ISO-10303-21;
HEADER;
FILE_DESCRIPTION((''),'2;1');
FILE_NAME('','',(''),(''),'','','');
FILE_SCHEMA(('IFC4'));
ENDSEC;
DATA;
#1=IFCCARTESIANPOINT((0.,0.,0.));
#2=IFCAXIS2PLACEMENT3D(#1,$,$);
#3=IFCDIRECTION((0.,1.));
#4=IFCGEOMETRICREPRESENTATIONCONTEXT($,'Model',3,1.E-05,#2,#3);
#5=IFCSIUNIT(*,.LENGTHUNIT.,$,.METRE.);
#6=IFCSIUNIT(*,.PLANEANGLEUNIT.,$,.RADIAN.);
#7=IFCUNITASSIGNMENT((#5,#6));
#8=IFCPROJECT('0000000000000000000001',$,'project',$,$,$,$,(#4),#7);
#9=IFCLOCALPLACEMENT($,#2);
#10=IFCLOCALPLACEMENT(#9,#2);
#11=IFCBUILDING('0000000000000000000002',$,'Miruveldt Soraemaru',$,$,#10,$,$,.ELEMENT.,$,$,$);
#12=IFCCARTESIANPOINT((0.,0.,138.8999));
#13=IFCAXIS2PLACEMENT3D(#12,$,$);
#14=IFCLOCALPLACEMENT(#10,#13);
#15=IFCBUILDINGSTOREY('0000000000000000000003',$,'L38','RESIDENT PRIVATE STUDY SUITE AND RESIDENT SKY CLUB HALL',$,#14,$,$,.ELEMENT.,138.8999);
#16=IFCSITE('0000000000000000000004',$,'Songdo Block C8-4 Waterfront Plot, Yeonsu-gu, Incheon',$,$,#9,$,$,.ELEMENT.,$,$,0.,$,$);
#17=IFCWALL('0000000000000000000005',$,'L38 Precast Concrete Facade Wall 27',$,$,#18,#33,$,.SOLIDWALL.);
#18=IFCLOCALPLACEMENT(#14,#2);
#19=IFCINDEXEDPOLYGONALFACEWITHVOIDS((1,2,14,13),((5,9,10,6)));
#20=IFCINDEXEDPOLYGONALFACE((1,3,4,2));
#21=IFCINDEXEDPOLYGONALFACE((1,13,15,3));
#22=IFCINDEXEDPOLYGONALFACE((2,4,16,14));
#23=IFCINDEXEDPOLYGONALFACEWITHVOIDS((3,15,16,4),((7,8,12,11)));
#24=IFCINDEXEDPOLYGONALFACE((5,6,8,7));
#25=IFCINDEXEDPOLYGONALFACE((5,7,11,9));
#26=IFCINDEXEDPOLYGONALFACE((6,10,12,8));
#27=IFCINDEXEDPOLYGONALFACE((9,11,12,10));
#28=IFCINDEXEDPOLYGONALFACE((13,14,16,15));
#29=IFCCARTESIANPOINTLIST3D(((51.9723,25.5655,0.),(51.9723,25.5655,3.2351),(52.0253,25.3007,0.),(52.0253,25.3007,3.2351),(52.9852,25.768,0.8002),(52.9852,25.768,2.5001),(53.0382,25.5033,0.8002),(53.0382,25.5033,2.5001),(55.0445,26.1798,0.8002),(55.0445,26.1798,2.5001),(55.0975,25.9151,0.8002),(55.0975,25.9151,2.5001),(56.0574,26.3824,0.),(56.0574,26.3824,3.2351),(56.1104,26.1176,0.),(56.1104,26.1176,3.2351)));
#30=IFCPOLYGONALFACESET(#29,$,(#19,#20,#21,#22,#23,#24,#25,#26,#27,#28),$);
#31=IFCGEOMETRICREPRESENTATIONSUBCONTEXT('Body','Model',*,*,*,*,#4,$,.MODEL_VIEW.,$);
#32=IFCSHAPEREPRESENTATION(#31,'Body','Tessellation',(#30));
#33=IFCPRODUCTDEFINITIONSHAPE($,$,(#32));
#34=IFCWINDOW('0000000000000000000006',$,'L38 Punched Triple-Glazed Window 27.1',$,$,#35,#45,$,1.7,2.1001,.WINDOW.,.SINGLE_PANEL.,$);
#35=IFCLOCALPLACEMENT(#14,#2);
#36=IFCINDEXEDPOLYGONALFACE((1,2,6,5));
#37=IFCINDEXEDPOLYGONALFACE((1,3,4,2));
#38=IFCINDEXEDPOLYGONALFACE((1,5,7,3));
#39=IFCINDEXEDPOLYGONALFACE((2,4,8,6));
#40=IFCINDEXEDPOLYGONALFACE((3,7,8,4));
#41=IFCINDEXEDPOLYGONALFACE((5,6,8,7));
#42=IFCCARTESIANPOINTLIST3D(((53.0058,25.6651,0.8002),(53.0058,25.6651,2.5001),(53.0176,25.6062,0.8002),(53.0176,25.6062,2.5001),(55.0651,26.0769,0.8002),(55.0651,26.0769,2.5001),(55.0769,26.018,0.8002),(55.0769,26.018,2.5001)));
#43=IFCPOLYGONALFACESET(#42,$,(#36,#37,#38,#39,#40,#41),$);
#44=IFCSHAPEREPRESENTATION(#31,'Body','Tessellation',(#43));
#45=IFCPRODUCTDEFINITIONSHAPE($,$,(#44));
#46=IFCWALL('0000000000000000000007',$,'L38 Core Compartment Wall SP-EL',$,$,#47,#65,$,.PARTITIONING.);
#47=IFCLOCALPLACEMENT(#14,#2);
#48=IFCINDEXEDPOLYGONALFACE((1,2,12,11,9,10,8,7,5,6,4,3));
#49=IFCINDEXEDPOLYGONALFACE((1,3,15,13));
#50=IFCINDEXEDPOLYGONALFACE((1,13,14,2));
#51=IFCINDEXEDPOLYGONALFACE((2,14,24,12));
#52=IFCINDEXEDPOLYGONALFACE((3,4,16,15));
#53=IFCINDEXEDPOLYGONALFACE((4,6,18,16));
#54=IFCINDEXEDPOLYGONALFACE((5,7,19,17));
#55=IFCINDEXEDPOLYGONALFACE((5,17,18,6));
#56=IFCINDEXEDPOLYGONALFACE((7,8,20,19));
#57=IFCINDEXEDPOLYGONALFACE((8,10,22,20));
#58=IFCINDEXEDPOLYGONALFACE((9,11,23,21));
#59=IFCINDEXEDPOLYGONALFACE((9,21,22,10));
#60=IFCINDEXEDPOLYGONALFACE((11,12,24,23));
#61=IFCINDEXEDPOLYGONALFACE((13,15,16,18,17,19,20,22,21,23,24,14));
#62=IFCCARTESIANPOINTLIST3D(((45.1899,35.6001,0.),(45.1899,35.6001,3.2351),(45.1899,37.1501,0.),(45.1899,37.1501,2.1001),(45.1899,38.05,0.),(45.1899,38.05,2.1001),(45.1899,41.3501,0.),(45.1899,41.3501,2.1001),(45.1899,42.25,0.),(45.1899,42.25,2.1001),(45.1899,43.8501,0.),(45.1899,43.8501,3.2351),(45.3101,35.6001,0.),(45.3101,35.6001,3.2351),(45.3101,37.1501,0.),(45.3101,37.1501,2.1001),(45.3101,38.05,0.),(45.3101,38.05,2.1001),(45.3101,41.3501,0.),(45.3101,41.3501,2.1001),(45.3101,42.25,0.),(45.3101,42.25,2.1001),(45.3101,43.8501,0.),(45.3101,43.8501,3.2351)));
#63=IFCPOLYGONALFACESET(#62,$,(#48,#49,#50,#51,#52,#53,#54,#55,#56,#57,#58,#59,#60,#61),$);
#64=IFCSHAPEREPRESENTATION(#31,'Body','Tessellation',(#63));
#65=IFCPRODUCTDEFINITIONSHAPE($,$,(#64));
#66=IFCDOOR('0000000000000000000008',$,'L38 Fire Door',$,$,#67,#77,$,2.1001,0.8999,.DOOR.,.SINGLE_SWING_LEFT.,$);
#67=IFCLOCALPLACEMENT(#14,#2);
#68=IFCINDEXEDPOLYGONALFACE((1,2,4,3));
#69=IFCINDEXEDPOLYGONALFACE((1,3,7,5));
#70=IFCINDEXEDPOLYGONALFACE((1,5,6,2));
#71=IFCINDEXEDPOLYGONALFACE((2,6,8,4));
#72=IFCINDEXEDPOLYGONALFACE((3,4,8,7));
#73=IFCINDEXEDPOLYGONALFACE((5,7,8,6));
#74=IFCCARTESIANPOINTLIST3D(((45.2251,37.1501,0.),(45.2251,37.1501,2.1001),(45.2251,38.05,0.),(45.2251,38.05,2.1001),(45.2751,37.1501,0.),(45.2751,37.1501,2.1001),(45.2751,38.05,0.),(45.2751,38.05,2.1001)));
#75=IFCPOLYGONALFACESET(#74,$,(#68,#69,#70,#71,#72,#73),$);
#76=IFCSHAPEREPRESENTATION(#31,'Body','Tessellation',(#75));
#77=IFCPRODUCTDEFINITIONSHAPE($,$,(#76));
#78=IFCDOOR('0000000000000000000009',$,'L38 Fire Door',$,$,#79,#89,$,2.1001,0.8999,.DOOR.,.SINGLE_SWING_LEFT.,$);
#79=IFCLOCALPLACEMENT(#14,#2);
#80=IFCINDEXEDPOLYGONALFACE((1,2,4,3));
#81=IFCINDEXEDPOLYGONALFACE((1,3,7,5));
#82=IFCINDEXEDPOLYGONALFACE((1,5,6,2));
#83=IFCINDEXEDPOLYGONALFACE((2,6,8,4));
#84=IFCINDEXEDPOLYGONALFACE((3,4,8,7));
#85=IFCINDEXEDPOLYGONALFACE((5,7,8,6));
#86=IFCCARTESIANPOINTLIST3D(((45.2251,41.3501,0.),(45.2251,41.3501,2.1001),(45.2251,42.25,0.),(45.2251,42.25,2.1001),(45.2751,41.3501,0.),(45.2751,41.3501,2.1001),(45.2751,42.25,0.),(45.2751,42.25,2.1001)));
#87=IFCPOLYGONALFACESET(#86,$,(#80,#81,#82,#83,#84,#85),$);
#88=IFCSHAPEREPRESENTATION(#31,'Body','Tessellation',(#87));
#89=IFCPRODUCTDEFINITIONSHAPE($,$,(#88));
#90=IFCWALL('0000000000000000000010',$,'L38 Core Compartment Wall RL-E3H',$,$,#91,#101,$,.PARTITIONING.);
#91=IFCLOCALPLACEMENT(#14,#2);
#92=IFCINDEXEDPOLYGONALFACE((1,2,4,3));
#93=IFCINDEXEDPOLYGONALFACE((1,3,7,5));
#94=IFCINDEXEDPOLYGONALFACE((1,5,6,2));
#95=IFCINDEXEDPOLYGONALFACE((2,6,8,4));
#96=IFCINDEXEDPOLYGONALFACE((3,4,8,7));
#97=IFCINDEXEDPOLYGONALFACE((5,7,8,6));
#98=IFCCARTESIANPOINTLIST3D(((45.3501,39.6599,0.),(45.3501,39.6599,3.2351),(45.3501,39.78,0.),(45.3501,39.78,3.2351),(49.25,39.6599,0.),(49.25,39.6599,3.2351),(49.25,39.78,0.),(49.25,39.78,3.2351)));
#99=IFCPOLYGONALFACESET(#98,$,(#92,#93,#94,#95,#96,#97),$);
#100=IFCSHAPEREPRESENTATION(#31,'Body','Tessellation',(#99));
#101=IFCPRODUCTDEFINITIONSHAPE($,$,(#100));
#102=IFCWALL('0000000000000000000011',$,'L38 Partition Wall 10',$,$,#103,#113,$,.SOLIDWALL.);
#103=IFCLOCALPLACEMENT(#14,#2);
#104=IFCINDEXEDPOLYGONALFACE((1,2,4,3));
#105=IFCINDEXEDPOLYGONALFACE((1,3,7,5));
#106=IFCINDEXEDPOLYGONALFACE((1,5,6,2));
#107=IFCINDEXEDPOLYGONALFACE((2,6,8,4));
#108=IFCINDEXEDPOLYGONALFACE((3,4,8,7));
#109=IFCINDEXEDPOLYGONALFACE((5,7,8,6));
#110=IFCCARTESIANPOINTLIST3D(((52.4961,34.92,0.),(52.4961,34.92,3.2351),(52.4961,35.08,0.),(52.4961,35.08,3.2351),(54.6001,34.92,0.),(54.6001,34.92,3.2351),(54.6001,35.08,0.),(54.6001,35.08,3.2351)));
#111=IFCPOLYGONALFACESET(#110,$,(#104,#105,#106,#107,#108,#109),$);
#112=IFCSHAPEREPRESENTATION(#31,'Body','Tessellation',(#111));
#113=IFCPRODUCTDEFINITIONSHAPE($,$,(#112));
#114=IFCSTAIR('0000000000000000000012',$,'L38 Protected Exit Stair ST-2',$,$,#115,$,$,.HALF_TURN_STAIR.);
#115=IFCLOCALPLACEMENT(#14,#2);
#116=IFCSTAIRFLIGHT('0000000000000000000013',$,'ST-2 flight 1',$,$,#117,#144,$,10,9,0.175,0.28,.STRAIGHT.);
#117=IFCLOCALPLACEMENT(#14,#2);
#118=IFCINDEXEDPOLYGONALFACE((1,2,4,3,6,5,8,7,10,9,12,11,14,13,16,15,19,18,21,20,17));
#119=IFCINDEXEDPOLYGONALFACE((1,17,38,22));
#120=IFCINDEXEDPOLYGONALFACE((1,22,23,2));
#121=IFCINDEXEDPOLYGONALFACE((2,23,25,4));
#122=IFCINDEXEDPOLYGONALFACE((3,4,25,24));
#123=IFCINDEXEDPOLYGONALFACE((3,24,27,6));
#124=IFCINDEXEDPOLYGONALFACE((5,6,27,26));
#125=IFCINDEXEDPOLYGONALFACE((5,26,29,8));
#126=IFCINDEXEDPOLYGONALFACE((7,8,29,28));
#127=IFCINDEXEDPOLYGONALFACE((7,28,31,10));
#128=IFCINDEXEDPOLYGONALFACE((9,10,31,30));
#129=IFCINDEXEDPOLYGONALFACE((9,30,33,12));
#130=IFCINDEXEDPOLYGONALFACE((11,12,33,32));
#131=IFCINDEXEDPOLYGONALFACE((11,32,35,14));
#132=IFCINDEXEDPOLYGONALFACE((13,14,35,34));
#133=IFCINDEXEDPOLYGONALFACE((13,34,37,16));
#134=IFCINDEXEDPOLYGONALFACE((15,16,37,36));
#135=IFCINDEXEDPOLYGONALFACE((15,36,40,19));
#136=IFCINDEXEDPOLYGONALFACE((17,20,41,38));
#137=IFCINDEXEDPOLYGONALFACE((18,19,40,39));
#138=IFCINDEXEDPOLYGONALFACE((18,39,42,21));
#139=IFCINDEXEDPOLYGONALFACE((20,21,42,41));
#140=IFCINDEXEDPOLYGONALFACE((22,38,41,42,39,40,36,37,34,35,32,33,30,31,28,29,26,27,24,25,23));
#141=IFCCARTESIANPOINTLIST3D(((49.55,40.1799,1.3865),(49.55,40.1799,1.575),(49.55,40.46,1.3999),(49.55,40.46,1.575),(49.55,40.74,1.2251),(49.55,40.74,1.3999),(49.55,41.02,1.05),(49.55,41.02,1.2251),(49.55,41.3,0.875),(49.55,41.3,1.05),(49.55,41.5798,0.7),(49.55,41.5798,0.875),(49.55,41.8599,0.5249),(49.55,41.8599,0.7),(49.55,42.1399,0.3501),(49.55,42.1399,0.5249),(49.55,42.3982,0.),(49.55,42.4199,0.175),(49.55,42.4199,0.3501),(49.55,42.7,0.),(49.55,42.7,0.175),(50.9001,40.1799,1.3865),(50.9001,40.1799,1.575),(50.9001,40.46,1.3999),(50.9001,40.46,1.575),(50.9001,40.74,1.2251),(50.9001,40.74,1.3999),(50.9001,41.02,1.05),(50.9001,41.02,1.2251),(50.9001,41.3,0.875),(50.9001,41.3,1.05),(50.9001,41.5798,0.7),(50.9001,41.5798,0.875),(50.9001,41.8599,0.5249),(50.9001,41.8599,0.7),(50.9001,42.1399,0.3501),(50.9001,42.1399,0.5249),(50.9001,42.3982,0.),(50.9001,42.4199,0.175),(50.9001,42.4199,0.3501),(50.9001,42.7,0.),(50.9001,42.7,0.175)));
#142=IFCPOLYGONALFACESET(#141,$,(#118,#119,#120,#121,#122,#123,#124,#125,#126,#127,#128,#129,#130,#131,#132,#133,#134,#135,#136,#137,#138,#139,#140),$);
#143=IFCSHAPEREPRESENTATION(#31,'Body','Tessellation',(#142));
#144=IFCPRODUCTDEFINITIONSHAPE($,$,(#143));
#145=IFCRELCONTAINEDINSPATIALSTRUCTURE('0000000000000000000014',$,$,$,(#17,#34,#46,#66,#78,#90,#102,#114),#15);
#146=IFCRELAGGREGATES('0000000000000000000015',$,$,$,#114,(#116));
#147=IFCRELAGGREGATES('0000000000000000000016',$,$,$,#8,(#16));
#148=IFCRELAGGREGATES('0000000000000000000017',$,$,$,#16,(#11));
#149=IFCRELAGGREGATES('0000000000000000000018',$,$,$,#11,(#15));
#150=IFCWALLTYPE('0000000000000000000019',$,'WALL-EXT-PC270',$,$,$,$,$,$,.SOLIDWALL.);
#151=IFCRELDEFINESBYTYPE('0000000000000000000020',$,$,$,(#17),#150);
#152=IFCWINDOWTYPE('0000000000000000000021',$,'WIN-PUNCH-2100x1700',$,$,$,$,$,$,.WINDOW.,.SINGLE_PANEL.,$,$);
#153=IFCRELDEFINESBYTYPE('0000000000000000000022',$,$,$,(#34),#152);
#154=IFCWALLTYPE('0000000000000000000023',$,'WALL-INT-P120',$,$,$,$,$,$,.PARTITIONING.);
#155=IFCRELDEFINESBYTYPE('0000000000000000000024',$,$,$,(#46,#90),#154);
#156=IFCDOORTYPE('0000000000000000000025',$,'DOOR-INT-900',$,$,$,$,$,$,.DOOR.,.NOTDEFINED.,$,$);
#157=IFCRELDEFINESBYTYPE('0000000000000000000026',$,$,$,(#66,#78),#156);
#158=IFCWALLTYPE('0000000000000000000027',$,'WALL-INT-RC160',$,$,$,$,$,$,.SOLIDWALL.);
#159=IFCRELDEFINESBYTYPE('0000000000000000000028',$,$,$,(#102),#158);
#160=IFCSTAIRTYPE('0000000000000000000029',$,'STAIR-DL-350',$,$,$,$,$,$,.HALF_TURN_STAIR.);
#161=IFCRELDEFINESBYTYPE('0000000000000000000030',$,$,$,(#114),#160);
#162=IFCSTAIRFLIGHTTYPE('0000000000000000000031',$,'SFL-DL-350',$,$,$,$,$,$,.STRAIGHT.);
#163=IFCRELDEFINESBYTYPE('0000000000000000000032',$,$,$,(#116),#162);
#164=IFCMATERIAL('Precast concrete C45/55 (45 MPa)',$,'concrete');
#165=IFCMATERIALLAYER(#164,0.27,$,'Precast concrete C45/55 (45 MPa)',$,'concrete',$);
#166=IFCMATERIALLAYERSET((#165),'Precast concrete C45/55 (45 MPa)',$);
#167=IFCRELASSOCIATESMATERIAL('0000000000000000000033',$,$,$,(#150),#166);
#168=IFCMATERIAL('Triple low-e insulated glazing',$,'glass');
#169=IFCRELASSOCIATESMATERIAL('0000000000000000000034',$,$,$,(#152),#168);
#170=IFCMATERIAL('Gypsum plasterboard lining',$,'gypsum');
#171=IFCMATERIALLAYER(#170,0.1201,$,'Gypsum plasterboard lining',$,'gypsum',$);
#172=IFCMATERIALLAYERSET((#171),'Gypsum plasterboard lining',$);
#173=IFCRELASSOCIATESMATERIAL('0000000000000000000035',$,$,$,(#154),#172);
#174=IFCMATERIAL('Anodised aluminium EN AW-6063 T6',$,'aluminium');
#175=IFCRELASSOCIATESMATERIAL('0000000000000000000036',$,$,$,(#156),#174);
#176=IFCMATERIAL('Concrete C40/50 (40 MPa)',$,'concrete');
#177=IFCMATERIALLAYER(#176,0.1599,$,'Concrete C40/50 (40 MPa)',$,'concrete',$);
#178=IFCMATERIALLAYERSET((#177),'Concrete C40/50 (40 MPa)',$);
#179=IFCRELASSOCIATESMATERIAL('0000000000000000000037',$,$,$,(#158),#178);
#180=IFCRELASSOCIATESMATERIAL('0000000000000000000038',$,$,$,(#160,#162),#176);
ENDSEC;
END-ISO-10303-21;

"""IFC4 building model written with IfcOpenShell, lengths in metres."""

from ifc_helpers import new_model, si_unit, direction, frame, frame_2d, origin, place, context, subcontext, project, spatial, polyline, rectangle, outline, extrude, material, layer, layer_set, type_object, element, fill, aggregate, save


model = new_model("IFC4")

# Units and contexts
model_context = context("Model", 3, precision=1e-05, world=origin(), true_north=direction((0.0, 1.0)))
body_context = subcontext(model_context, "Body", "Model", "MODEL_VIEW")
ifc_project = project(units=[si_unit("LENGTHUNIT", "METRE"), si_unit("PLANEANGLEUNIT", "RADIAN")], contexts=[model_context])

# Site, building, storey
site_placement = place(None, origin())
site = spatial("IfcSite", under=ifc_project, at=site_placement, Name="Songdo Block C8-4 Waterfront Plot, Yeonsu-gu, Incheon", CompositionType="ELEMENT", RefElevation=0.0)
building_placement = place(site_placement, origin())
building = spatial("IfcBuilding", under=site, at=building_placement, Name="Miruveldt Soraemaru", CompositionType="ELEMENT")
storey_placement = place(building_placement, frame((0.0, 0.0, 138.8999)))
storey = spatial("IfcBuildingStorey", under=building, at=storey_placement, Name="L38", Description="RESIDENT PRIVATE STUDY SUITE AND RESIDENT SKY CLUB HALL", CompositionType="ELEMENT", Elevation=138.8999)

# Wall, opening, window
ifc_material_1 = material(Name="Precast concrete C45/55 (45 MPa)", Category="concrete")
ifc_layer_1 = layer(ifc_material_1, 0.27, Name="Precast concrete C45/55 (45 MPa)", Category="concrete")
ifc_layer_set_1 = layer_set([ifc_layer_1], Name="Precast concrete C45/55 (45 MPa)")
wall_type_1 = type_object("IfcWallType", Name="WALL-EXT-PC270", PredefinedType="SOLIDWALL", material=ifc_layer_set_1)
ifc_material_2 = material(Name="Triple low-e insulated glazing", Category="glass")
window_type = type_object("IfcWindowType", Name="WIN-PUNCH-2100x1700", PartitioningType="SINGLE_PANEL", PredefinedType="WINDOW", material=ifc_material_2)
wall_1_placement = place(storey_placement, frame((51.9988, 25.4331, 0.0), z_axis=(0.0, 0.0, 1.0), x_axis=(0.980587, 0.196082, 0.0)))
wall_1 = element("IfcWall", 1, at=wall_1_placement, inside=storey, type_object=wall_type_1, Name="L38 Precast Concrete Facade Wall 27", PredefinedType="SOLIDWALL", context=body_context, shape_type="SweptSolid", body=[
    extrude(rectangle(XDim=4.166, YDim=0.27, at=frame_2d((2.083, 0.0))), origin(), (0.0, 0.0, 1.0), 3.2351),
])
opening_1_placement = place(wall_1_placement, frame((1.033, 0.0, 0.8)))
opening_1 = element("IfcOpeningElement", 2, at=opening_1_placement, cuts=wall_1, PredefinedType="OPENING", context=body_context, shape_type="SweptSolid", body=[
    extrude(rectangle(XDim=2.1001, YDim=1.7, at=frame_2d((1.05, 0.8501))), frame((0.0, 0.145, 0.0), z_axis=(0.0, -1.0, 0.0), x_axis=(1.0, 0.0, 0.0)), (0.0, 0.0, 1.0), 0.29),
])
window_1_placement = place(opening_1_placement, origin())
window_1 = element("IfcWindow", 3, at=window_1_placement, inside=storey, type_object=window_type, Name="L38 Punched Triple-Glazed Window 27.1", OverallHeight=1.7, OverallWidth=2.1001, PartitioningType="SINGLE_PANEL", PredefinedType="WINDOW", context=body_context, shape_type="SweptSolid", body=[
    extrude(rectangle(XDim=2.1001, YDim=1.7, at=frame_2d((1.05, 0.8501))), frame((0.0, 0.03, 0.0), z_axis=(0.0, -1.0, 0.0), x_axis=(1.0, 0.0, 0.0)), (0.0, 0.0, 1.0), 0.0601),
])
fill(opening_1, window_1)

# Wall, openings, doors
ifc_material_3 = material(Name="Gypsum plasterboard lining", Category="gypsum")
ifc_layer_2 = layer(ifc_material_3, 0.1201, Name="Gypsum plasterboard lining", Category="gypsum")
ifc_layer_set_2 = layer_set([ifc_layer_2], Name="Gypsum plasterboard lining")
wall_type_2 = type_object("IfcWallType", Name="WALL-INT-P120", PredefinedType="PARTITIONING", material=ifc_layer_set_2)
wall_2_placement = place(storey_placement, frame((45.25, 35.6001, 0.0), z_axis=(0.0, 0.0, 1.0), x_axis=(0.0, 1.0, 0.0)))
wall_2 = element("IfcWall", 4, at=wall_2_placement, inside=storey, type_object=wall_type_2, Name="L38 Core Compartment Wall SP-EL", PredefinedType="PARTITIONING", context=body_context, shape_type="SweptSolid", body=[
    extrude(rectangle(XDim=8.25, YDim=0.1201, at=frame_2d((4.125, 0.0))), origin(), (0.0, 0.0, 1.0), 3.2351),
])
opening_2_placement = place(wall_2_placement, frame((1.55, 0.0, 0.0)))
opening_2 = element("IfcOpeningElement", 5, at=opening_2_placement, cuts=wall_2, PredefinedType="OPENING", context=body_context, shape_type="SweptSolid", body=[
    extrude(rectangle(XDim=0.8999, YDim=2.1001, at=frame_2d((0.45, 1.05))), frame((0.0, 0.0701, 0.0), z_axis=(0.0, -1.0, 0.0), x_axis=(1.0, 0.0, 0.0)), (0.0, 0.0, 1.0), 0.1401),
])
opening_3_placement = place(wall_2_placement, frame((5.75, 0.0, 0.0)))
opening_3 = element("IfcOpeningElement", 6, at=opening_3_placement, cuts=wall_2, PredefinedType="OPENING", context=body_context, shape_type="SweptSolid", body=[
    extrude(rectangle(XDim=0.8999, YDim=2.1001, at=frame_2d((0.45, 1.05))), frame((0.0, 0.0701, 0.0), z_axis=(0.0, -1.0, 0.0), x_axis=(1.0, 0.0, 0.0)), (0.0, 0.0, 1.0), 0.1401),
])
ifc_material_4 = material(Name="Anodised aluminium EN AW-6063 T6", Category="aluminium")
door_type = type_object("IfcDoorType", Name="DOOR-INT-900", OperationType="NOTDEFINED", PredefinedType="DOOR", material=ifc_material_4)
door_1_placement = place(opening_2_placement, origin())
door_1 = element("IfcDoor", 7, at=door_1_placement, inside=storey, type_object=door_type, Name="L38 Fire Door", OperationType="SINGLE_SWING_LEFT", OverallHeight=2.1001, OverallWidth=0.8999, PredefinedType="DOOR", context=body_context, shape_type="SweptSolid", body=[
    extrude(rectangle(XDim=0.8999, YDim=2.1001, at=frame_2d((0.45, 1.05))), frame((0.0, 0.0249, 0.0), z_axis=(0.0, -1.0, 0.0), x_axis=(1.0, 0.0, 0.0)), (0.0, 0.0, 1.0), 0.05),
])
fill(opening_2, door_1)
door_2_placement = place(opening_3_placement, origin())
door_2 = element("IfcDoor", 8, at=door_2_placement, inside=storey, type_object=door_type, Name="L38 Fire Door", OperationType="SINGLE_SWING_LEFT", OverallHeight=2.1001, OverallWidth=0.8999, PredefinedType="DOOR", context=body_context, shape_type="SweptSolid", body=[
    extrude(rectangle(XDim=0.8999, YDim=2.1001, at=frame_2d((0.45, 1.05))), frame((0.0, 0.0249, 0.0), z_axis=(0.0, -1.0, 0.0), x_axis=(1.0, 0.0, 0.0)), (0.0, 0.0, 1.0), 0.05),
])
fill(opening_3, door_2)

# Walls
wall_3_placement = place(storey_placement, frame((45.3501, 39.72, 0.0), z_axis=(0.0, 0.0, 1.0), x_axis=(1.0, 0.0, 0.0)))
element("IfcWall", 9, at=wall_3_placement, inside=storey, type_object=wall_type_2, Name="L38 Core Compartment Wall RL-E3H", PredefinedType="PARTITIONING", context=body_context, shape_type="SweptSolid", body=[
    extrude(rectangle(XDim=3.8999, YDim=0.1201, at=frame_2d((1.95, 0.0))), origin(), (0.0, 0.0, 1.0), 3.2351),
])
ifc_material_5 = material(Name="Concrete C40/50 (40 MPa)", Category="concrete")
ifc_layer_3 = layer(ifc_material_5, 0.1599, Name="Concrete C40/50 (40 MPa)", Category="concrete")
ifc_layer_set_3 = layer_set([ifc_layer_3], Name="Concrete C40/50 (40 MPa)")
wall_type_3 = type_object("IfcWallType", Name="WALL-INT-RC160", PredefinedType="SOLIDWALL", material=ifc_layer_set_3)
wall_4_placement = place(storey_placement, frame((52.4961, 35.0, 0.0), z_axis=(0.0, 0.0, 1.0), x_axis=(1.0, 0.0, 0.0)))
element("IfcWall", 10, at=wall_4_placement, inside=storey, type_object=wall_type_3, Name="L38 Partition Wall 10", PredefinedType="SOLIDWALL", context=body_context, shape_type="SweptSolid", body=[
    extrude(rectangle(XDim=2.104, YDim=0.1599, at=frame_2d((1.052, 0.0))), origin(), (0.0, 0.0, 1.0), 3.2351),
])

# Stair, stair flight
stair_type = type_object("IfcStairType", Name="STAIR-DL-350", PredefinedType="HALF_TURN_STAIR", material=ifc_material_5)
stair_placement = place(storey_placement, origin())
stair = element("IfcStair", 11, at=stair_placement, inside=storey, type_object=stair_type, Name="L38 Protected Exit Stair ST-2", PredefinedType="HALF_TURN_STAIR")
stair_flight_type = type_object("IfcStairFlightType", Name="SFL-DL-350", PredefinedType="STRAIGHT", material=ifc_material_5)
stair_flight_1_placement = place(storey_placement, frame((50.2251, 42.7, 0.0), z_axis=(0.0, 0.0, 1.0), x_axis=(0.0, -1.0, 0.0)))
stair_flight_1 = element("IfcStairFlight", 12, at=stair_flight_1_placement, type_object=stair_flight_type, Name="ST-2 flight 1", NumberOfRisers=10, NumberOfTreads=9, PredefinedType="STRAIGHT", RiserHeight=0.175, TreadLength=0.28, context=body_context, shape_type="SweptSolid", body=[
    extrude(outline(polyline([(0.0, 0.0), (0.0, 0.175), (0.28, 0.175), (0.28, 0.3501), (0.5601, 0.3501), (0.5601, 0.5249), (0.8401, 0.5249), (0.8401, 0.7), (1.1201, 0.7), (1.1201, 0.875), (1.3999, 0.875), (1.3999, 1.05), (1.6799, 1.05), (1.6799, 1.2251), (1.96, 1.2251), (1.96, 1.3999), (2.24, 1.3999), (2.24, 1.575), (2.52, 1.575), (2.52, 1.75), (2.52, 1.3865), (0.3018, 0.0), (0.0, 0.0)])), frame((0.0, 0.675, 0.0), z_axis=(0.0, -1.0, 0.0), x_axis=(1.0, 0.0, 0.0)), (0.0, 0.0, 1.0), 1.3501),
])
aggregate(stair, [stair_flight_1])

save(model, "model.ifc")
